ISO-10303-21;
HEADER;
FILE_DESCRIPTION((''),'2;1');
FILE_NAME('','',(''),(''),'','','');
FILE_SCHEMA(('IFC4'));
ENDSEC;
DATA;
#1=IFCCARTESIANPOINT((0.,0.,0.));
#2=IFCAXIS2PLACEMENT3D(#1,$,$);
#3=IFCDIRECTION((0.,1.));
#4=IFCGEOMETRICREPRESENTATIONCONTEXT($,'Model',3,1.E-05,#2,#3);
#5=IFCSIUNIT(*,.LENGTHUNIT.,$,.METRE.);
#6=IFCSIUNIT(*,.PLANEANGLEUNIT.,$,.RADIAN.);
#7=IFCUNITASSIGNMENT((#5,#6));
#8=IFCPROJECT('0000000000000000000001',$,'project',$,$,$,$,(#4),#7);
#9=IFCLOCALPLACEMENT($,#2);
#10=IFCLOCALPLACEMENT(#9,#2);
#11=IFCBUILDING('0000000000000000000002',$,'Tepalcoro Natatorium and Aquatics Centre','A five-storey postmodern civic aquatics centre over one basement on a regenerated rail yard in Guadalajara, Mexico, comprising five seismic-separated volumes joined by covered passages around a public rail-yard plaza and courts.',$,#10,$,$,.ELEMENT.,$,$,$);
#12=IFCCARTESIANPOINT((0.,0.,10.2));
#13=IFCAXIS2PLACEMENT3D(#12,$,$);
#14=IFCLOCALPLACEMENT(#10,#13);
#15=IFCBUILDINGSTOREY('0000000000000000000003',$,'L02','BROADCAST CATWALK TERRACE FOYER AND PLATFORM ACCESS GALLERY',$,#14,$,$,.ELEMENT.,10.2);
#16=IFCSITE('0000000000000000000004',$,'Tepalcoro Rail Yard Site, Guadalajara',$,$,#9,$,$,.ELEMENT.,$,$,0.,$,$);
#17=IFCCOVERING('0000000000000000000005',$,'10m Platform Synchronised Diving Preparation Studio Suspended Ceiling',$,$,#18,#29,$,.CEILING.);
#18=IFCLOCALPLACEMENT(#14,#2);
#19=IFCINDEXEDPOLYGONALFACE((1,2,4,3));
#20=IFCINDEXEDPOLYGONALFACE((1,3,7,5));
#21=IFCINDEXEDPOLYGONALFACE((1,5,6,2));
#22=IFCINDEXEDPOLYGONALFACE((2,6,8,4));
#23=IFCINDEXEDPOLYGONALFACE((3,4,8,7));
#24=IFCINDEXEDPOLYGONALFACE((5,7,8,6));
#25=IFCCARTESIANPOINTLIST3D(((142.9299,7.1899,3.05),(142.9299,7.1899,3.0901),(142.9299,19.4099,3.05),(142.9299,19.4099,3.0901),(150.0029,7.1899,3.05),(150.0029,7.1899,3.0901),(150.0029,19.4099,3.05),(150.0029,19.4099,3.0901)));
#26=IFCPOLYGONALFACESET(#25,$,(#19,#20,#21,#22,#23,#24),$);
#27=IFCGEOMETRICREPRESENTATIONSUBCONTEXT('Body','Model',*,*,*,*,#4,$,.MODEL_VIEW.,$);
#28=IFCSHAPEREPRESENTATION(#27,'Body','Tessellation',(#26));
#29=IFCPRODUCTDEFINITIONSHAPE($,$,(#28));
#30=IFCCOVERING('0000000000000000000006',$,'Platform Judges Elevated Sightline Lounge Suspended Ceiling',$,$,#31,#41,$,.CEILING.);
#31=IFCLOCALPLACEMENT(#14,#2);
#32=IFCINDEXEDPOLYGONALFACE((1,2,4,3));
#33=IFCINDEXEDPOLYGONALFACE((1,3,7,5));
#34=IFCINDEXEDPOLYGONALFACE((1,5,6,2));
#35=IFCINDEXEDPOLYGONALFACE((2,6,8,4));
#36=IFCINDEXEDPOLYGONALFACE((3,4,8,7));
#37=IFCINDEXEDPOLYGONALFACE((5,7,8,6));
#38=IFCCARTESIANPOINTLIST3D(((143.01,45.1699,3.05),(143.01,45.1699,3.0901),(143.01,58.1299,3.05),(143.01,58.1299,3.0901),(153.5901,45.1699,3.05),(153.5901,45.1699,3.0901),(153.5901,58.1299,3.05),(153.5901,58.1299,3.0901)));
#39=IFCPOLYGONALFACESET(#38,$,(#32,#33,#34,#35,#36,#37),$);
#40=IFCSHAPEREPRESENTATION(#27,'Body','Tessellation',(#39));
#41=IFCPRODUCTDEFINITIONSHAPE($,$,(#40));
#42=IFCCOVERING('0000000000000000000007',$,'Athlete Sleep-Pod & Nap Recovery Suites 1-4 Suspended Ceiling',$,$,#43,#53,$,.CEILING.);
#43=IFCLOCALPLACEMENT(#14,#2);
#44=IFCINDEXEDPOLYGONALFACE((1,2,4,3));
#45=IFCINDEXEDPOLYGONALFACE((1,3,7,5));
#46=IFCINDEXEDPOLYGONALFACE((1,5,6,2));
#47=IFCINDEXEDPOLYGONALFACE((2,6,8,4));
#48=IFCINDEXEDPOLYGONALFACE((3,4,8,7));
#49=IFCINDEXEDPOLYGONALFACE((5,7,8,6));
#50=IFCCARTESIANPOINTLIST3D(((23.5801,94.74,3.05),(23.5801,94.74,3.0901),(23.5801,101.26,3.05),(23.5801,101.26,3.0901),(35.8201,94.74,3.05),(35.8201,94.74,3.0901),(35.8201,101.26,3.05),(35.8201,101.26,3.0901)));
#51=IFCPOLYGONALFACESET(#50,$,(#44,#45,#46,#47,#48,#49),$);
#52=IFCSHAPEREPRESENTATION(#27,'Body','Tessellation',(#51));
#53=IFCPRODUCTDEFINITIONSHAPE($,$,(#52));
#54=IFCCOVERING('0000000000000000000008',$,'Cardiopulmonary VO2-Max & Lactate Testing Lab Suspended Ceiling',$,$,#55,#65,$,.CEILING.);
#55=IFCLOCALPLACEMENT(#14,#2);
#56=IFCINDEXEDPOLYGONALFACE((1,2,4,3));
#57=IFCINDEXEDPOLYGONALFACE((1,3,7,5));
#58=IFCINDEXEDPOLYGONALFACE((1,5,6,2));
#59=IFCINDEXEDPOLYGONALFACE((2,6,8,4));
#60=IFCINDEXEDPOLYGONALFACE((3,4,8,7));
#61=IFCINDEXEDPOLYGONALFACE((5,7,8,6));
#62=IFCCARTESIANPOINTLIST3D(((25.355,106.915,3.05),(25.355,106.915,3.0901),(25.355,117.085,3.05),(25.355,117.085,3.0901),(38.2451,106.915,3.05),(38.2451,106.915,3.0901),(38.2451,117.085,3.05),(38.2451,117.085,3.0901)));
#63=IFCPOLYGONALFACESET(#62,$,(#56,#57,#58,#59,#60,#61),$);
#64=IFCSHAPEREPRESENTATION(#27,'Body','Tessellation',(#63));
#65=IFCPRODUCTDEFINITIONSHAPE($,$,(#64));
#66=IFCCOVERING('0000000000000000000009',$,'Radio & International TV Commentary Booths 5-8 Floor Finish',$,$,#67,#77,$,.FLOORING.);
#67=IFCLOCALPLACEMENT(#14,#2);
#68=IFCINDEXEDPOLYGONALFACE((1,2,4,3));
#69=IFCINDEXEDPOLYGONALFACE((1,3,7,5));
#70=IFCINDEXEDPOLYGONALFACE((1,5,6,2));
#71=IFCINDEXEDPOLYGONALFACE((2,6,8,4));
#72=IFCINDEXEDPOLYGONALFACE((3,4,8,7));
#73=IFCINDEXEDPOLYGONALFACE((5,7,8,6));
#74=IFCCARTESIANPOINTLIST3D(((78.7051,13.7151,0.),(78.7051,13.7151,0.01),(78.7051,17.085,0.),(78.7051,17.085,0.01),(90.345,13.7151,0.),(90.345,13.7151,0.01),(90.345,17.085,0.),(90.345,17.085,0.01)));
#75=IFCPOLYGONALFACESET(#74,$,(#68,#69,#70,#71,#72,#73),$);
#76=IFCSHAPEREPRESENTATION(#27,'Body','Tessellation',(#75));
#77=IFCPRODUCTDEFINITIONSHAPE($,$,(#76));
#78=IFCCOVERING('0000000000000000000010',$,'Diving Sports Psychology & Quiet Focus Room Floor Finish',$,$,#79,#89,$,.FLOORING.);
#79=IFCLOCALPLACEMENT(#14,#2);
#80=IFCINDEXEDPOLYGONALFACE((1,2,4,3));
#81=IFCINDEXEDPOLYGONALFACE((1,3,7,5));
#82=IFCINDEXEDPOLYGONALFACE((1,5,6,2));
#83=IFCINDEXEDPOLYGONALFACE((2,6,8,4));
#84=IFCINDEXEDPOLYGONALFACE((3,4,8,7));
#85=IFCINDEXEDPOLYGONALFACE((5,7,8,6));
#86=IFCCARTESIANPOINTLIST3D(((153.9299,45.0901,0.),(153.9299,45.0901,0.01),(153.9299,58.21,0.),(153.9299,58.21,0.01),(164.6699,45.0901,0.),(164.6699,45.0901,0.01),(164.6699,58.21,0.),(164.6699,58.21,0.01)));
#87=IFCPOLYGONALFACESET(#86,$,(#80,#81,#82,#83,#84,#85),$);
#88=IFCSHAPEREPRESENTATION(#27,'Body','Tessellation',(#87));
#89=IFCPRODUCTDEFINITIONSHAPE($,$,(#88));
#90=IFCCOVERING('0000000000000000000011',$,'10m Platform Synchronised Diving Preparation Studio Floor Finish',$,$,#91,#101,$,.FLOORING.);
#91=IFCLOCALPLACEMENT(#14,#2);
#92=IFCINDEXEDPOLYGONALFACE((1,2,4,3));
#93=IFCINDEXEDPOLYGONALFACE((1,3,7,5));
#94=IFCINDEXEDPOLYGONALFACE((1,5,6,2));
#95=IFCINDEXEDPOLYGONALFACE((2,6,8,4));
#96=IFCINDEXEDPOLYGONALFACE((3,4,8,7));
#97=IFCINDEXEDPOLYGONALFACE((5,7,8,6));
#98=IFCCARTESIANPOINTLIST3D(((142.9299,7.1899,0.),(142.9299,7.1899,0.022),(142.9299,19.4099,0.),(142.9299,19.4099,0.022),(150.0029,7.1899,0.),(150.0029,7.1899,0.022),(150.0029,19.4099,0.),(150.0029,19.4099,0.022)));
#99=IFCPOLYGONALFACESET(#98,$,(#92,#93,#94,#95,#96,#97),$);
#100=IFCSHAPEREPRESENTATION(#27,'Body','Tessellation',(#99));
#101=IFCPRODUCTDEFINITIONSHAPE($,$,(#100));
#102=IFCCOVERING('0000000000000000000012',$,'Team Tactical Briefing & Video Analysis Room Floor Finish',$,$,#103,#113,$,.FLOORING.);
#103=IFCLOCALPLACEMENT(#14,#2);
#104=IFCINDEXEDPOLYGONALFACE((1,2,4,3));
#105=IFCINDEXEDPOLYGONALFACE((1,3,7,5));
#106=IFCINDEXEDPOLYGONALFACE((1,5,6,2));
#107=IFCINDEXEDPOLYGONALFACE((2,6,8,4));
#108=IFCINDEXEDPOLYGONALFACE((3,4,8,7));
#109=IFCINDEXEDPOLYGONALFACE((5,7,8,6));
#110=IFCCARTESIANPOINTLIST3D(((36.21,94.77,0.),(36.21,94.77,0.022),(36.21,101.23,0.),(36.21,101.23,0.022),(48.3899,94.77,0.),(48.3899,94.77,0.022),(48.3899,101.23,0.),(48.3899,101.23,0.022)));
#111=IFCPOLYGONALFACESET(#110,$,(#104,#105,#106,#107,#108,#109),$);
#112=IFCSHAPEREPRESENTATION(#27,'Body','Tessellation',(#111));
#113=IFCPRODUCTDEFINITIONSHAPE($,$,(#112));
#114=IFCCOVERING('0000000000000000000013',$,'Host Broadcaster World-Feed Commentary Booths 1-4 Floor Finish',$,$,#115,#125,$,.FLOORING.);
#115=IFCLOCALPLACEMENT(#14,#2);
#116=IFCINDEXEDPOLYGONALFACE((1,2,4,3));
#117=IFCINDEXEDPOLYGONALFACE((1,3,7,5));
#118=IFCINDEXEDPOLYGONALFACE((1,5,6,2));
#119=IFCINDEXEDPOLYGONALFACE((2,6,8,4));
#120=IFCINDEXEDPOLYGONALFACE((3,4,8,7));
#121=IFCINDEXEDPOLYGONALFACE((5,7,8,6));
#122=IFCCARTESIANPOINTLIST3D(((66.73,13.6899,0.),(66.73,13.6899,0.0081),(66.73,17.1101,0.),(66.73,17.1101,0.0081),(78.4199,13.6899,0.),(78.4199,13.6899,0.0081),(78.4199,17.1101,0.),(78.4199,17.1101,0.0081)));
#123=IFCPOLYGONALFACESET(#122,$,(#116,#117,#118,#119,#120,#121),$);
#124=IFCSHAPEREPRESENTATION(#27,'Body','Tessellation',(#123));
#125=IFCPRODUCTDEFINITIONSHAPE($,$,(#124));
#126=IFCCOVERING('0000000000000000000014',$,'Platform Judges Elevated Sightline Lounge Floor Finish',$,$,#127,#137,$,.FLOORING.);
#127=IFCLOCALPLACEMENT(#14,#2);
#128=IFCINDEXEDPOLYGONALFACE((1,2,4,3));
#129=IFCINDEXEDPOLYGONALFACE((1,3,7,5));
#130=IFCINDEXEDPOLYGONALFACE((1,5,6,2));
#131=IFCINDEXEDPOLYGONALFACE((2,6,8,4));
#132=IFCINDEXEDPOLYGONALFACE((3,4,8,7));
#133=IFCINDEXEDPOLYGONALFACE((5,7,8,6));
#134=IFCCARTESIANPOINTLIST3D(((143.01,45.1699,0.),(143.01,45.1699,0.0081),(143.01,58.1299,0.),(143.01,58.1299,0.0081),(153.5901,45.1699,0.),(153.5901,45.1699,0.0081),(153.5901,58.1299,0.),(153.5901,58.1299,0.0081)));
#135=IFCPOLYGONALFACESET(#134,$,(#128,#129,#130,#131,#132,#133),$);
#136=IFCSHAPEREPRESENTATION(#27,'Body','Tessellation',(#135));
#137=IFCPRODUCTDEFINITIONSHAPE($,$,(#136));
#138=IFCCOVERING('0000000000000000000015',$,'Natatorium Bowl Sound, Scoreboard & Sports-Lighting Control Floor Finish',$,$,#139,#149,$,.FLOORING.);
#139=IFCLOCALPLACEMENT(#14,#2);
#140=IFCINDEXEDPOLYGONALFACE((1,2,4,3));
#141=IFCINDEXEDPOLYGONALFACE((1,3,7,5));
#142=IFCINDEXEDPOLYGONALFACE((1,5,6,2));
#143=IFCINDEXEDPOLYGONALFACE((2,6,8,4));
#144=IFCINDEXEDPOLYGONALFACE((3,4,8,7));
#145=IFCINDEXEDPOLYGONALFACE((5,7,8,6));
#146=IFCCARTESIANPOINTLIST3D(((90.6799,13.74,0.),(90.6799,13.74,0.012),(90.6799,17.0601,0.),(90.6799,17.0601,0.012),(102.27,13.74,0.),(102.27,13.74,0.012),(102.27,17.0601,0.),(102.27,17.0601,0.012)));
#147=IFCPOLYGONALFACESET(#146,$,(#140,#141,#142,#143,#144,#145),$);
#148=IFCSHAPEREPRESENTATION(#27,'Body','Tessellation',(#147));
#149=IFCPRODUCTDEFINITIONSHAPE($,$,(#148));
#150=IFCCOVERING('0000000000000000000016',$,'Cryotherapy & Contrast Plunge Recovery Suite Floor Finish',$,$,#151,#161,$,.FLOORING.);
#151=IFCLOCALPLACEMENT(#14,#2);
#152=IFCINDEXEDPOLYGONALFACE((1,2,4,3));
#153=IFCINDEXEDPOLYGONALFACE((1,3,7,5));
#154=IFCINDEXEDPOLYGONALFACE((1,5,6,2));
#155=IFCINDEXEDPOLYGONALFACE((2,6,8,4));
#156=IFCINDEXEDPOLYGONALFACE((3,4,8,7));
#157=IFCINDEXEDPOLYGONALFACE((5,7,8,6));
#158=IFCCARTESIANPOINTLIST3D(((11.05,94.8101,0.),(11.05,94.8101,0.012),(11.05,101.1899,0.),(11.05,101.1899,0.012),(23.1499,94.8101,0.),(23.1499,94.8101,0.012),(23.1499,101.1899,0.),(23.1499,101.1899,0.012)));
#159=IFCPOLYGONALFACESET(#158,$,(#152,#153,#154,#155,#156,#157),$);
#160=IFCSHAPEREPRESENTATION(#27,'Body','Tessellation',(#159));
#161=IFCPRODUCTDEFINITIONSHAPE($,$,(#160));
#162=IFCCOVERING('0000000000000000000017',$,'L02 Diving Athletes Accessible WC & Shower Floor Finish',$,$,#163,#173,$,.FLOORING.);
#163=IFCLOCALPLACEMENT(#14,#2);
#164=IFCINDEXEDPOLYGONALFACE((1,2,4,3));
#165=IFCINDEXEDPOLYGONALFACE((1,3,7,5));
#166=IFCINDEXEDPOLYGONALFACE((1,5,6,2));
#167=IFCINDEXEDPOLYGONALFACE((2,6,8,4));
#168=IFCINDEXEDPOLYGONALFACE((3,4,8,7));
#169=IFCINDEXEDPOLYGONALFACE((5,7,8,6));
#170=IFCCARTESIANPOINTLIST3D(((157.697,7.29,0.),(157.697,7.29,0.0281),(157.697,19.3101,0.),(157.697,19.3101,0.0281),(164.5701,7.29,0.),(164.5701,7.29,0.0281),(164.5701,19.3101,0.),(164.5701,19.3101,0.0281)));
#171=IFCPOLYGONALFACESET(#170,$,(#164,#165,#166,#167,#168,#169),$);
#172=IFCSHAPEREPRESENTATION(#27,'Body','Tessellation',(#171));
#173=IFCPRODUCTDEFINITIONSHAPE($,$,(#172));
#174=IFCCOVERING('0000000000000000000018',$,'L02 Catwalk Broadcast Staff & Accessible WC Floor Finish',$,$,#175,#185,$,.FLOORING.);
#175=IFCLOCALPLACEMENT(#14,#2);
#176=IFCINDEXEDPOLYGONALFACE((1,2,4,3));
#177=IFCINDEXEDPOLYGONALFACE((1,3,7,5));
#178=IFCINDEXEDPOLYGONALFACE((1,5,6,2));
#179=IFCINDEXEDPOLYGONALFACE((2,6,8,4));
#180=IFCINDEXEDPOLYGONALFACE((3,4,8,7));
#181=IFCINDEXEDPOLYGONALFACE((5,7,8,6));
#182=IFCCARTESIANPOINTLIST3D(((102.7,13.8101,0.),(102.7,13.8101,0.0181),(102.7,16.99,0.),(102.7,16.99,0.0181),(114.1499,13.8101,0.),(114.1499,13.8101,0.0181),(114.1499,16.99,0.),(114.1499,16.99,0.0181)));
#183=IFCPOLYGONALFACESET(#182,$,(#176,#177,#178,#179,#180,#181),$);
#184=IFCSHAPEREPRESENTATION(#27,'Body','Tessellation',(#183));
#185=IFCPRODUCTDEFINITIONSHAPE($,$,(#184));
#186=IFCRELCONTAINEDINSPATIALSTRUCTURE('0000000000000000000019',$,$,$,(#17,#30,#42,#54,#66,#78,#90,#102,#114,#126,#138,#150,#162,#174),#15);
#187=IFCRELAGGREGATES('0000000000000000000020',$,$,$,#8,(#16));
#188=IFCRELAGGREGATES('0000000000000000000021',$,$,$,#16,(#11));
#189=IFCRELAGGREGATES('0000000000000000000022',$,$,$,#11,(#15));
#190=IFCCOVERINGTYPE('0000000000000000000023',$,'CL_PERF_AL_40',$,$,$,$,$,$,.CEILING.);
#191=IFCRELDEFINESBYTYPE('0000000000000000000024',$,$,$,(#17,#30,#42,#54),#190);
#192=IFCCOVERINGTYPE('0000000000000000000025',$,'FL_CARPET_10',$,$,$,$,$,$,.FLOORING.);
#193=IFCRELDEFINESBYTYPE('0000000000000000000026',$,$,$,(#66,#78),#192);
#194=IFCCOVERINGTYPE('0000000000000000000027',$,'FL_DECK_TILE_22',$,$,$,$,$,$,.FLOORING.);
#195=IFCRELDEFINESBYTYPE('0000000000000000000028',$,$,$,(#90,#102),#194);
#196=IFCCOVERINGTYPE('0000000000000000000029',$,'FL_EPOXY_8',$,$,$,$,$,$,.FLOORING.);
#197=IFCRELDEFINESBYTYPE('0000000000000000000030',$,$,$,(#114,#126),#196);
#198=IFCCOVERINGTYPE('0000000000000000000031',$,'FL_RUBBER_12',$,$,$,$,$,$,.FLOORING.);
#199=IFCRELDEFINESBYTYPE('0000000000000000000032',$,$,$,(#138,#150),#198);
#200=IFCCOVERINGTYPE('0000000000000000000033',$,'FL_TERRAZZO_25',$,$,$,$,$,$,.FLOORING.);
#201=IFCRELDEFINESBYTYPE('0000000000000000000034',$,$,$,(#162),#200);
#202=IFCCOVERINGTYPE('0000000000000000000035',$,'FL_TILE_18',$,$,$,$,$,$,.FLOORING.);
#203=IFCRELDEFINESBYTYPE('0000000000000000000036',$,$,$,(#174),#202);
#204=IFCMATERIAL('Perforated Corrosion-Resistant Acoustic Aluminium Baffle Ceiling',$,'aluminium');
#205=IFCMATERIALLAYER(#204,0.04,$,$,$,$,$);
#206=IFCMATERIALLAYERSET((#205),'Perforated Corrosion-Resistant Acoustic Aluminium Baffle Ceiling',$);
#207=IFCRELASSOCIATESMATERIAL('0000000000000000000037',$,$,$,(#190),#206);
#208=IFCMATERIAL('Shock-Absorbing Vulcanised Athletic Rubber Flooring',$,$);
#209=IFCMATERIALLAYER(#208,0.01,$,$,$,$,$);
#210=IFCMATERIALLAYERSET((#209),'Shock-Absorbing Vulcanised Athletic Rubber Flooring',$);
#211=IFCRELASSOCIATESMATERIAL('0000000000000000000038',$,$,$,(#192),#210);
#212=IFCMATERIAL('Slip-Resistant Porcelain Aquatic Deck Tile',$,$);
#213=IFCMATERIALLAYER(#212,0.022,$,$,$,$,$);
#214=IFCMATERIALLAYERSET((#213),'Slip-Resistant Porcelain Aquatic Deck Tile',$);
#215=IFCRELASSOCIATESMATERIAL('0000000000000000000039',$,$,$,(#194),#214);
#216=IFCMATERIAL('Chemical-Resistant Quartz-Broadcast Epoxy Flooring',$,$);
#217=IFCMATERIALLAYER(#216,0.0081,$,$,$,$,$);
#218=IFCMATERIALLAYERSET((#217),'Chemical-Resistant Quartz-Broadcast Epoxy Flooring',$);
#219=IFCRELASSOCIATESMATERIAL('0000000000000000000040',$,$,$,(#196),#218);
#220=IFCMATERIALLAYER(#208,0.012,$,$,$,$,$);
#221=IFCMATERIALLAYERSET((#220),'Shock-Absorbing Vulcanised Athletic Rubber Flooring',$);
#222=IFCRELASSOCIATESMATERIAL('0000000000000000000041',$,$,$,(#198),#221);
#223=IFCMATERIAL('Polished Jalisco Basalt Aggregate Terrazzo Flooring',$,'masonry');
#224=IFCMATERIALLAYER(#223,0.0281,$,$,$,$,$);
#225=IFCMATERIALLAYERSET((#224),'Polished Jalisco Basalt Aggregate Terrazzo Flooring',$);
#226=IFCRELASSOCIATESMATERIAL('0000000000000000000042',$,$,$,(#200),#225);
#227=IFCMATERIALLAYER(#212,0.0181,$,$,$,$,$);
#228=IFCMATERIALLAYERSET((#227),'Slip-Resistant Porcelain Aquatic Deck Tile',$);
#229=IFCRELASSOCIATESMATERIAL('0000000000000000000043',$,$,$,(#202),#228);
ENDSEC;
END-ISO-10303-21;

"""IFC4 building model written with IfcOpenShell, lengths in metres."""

from ifc_helpers import new_model, si_unit, direction, frame, origin, place, context, subcontext, project, spatial, polyline, outline, extrude, material, layer, layer_set, type_object, element, save


model = new_model("IFC4")

# Units and contexts
model_context = context("Model", 3, precision=1e-05, world=origin(), true_north=direction((0.0, 1.0)))
body_context = subcontext(model_context, "Body", "Model", "MODEL_VIEW")
ifc_project = project(units=[si_unit("LENGTHUNIT", "METRE"), si_unit("PLANEANGLEUNIT", "RADIAN")], contexts=[model_context])

# Site, building, storey
site_placement = place(None, origin())
site = spatial("IfcSite", under=ifc_project, at=site_placement, Name="Tepalcoro Rail Yard Site, Guadalajara", CompositionType="ELEMENT", RefElevation=0.0)
building_placement = place(site_placement, origin())
building = spatial("IfcBuilding", under=site, at=building_placement, Name="Tepalcoro Natatorium and Aquatics Centre", Description="A five-storey postmodern civic aquatics centre over one basement on a regenerated rail yard in Guadalajara, Mexico, comprising five seismic-separated volumes joined by covered passages around a public rail-yard plaza and courts.", CompositionType="ELEMENT")
storey_placement = place(building_placement, frame((0.0, 0.0, 10.2)))
storey = spatial("IfcBuildingStorey", under=building, at=storey_placement, Name="L02", Description="BROADCAST CATWALK TERRACE FOYER AND PLATFORM ACCESS GALLERY", CompositionType="ELEMENT", Elevation=10.2)

# Coverings
ifc_material_1 = material(Name="Perforated Corrosion-Resistant Acoustic Aluminium Baffle Ceiling", Category="aluminium")
ifc_layer_1 = layer(ifc_material_1, 0.04)
ifc_layer_set_1 = layer_set([ifc_layer_1], Name="Perforated Corrosion-Resistant Acoustic Aluminium Baffle Ceiling")
covering_type_1 = type_object("IfcCoveringType", Name="CL_PERF_AL_40", PredefinedType="CEILING", material=ifc_layer_set_1)
covering_1_placement = place(storey_placement, frame((0.0, 0.0, 3.05)))
element("IfcCovering", 1, at=covering_1_placement, inside=storey, type_object=covering_type_1, Name="10m Platform Synchronised Diving Preparation Studio Suspended Ceiling", PredefinedType="CEILING", context=body_context, shape_type="SweptSolid", body=[
    extrude(outline(polyline([(142.9299, 7.1899), (142.9299, 19.4099), (150.0029, 19.4099), (150.0029, 7.1899), (142.9299, 7.1899)])), origin(), (0.0, 0.0, 1.0), 0.04),
])
covering_2_placement = place(storey_placement, frame((0.0, 0.0, 3.05)))
element("IfcCovering", 2, at=covering_2_placement, inside=storey, type_object=covering_type_1, Name="Platform Judges Elevated Sightline Lounge Suspended Ceiling", PredefinedType="CEILING", context=body_context, shape_type="SweptSolid", body=[
    extrude(outline(polyline([(143.01, 45.1699), (143.01, 58.1299), (153.5901, 58.1299), (153.5901, 45.1699), (143.01, 45.1699)])), origin(), (0.0, 0.0, 1.0), 0.04),
])
covering_3_placement = place(storey_placement, frame((0.0, 0.0, 3.05)))
element("IfcCovering", 3, at=covering_3_placement, inside=storey, type_object=covering_type_1, Name="Athlete Sleep-Pod & Nap Recovery Suites 1-4 Suspended Ceiling", PredefinedType="CEILING", context=body_context, shape_type="SweptSolid", body=[
    extrude(outline(polyline([(23.5801, 94.74), (23.5801, 101.26), (35.8201, 101.26), (35.8201, 94.74), (23.5801, 94.74)])), origin(), (0.0, 0.0, 1.0), 0.04),
])
covering_4_placement = place(storey_placement, frame((0.0, 0.0, 3.05)))
element("IfcCovering", 4, at=covering_4_placement, inside=storey, type_object=covering_type_1, Name="Cardiopulmonary VO2-Max & Lactate Testing Lab Suspended Ceiling", PredefinedType="CEILING", context=body_context, shape_type="SweptSolid", body=[
    extrude(outline(polyline([(25.355, 106.915), (25.355, 117.085), (38.2451, 117.085), (38.2451, 106.915), (25.355, 106.915)])), origin(), (0.0, 0.0, 1.0), 0.04),
])
ifc_material_2 = material(Name="Shock-Absorbing Vulcanised Athletic Rubber Flooring")
ifc_layer_2 = layer(ifc_material_2, 0.01)
ifc_layer_set_2 = layer_set([ifc_layer_2], Name="Shock-Absorbing Vulcanised Athletic Rubber Flooring")
covering_type_2 = type_object("IfcCoveringType", Name="FL_CARPET_10", PredefinedType="FLOORING", material=ifc_layer_set_2)
covering_5_placement = place(storey_placement, origin())
element("IfcCovering", 5, at=covering_5_placement, inside=storey, type_object=covering_type_2, Name="Radio & International TV Commentary Booths 5-8 Floor Finish", PredefinedType="FLOORING", context=body_context, shape_type="SweptSolid", body=[
    extrude(outline(polyline([(78.7051, 13.7151), (78.7051, 17.085), (90.345, 17.085), (90.345, 13.7151), (78.7051, 13.7151)])), origin(), (0.0, 0.0, 1.0), 0.01),
])
covering_6_placement = place(storey_placement, origin())
element("IfcCovering", 6, at=covering_6_placement, inside=storey, type_object=covering_type_2, Name="Diving Sports Psychology & Quiet Focus Room Floor Finish", PredefinedType="FLOORING", context=body_context, shape_type="SweptSolid", body=[
    extrude(outline(polyline([(153.9299, 45.0901), (153.9299, 58.21), (164.6699, 58.21), (164.6699, 45.0901), (153.9299, 45.0901)])), origin(), (0.0, 0.0, 1.0), 0.01),
])
ifc_material_3 = material(Name="Slip-Resistant Porcelain Aquatic Deck Tile")
ifc_layer_3 = layer(ifc_material_3, 0.022)
ifc_layer_set_3 = layer_set([ifc_layer_3], Name="Slip-Resistant Porcelain Aquatic Deck Tile")
covering_type_3 = type_object("IfcCoveringType", Name="FL_DECK_TILE_22", PredefinedType="FLOORING", material=ifc_layer_set_3)
covering_7_placement = place(storey_placement, origin())
element("IfcCovering", 7, at=covering_7_placement, inside=storey, type_object=covering_type_3, Name="10m Platform Synchronised Diving Preparation Studio Floor Finish", PredefinedType="FLOORING", context=body_context, shape_type="SweptSolid", body=[
    extrude(outline(polyline([(142.9299, 7.1899), (142.9299, 19.4099), (150.0029, 19.4099), (150.0029, 7.1899), (142.9299, 7.1899)])), origin(), (0.0, 0.0, 1.0), 0.022),
])
covering_8_placement = place(storey_placement, origin())
element("IfcCovering", 8, at=covering_8_placement, inside=storey, type_object=covering_type_3, Name="Team Tactical Briefing & Video Analysis Room Floor Finish", PredefinedType="FLOORING", context=body_context, shape_type="SweptSolid", body=[
    extrude(outline(polyline([(36.21, 94.77), (36.21, 101.23), (48.3899, 101.23), (48.3899, 94.77), (36.21, 94.77)])), origin(), (0.0, 0.0, 1.0), 0.022),
])
ifc_material_4 = material(Name="Chemical-Resistant Quartz-Broadcast Epoxy Flooring")
ifc_layer_4 = layer(ifc_material_4, 0.0081)
ifc_layer_set_4 = layer_set([ifc_layer_4], Name="Chemical-Resistant Quartz-Broadcast Epoxy Flooring")
covering_type_4 = type_object("IfcCoveringType", Name="FL_EPOXY_8", PredefinedType="FLOORING", material=ifc_layer_set_4)
covering_9_placement = place(storey_placement, origin())
element("IfcCovering", 9, at=covering_9_placement, inside=storey, type_object=covering_type_4, Name="Host Broadcaster World-Feed Commentary Booths 1-4 Floor Finish", PredefinedType="FLOORING", context=body_context, shape_type="SweptSolid", body=[
    extrude(outline(polyline([(66.73, 13.6899), (66.73, 17.1101), (78.4199, 17.1101), (78.4199, 13.6899), (66.73, 13.6899)])), origin(), (0.0, 0.0, 1.0), 0.0081),
])
covering_10_placement = place(storey_placement, origin())
element("IfcCovering", 10, at=covering_10_placement, inside=storey, type_object=covering_type_4, Name="Platform Judges Elevated Sightline Lounge Floor Finish", PredefinedType="FLOORING", context=body_context, shape_type="SweptSolid", body=[
    extrude(outline(polyline([(143.01, 45.1699), (143.01, 58.1299), (153.5901, 58.1299), (153.5901, 45.1699), (143.01, 45.1699)])), origin(), (0.0, 0.0, 1.0), 0.0081),
])
ifc_layer_5 = layer(ifc_material_2, 0.012)
ifc_layer_set_5 = layer_set([ifc_layer_5], Name="Shock-Absorbing Vulcanised Athletic Rubber Flooring")
covering_type_5 = type_object("IfcCoveringType", Name="FL_RUBBER_12", PredefinedType="FLOORING", material=ifc_layer_set_5)
covering_11_placement = place(storey_placement, origin())
element("IfcCovering", 11, at=covering_11_placement, inside=storey, type_object=covering_type_5, Name="Natatorium Bowl Sound, Scoreboard & Sports-Lighting Control Floor Finish", PredefinedType="FLOORING", context=body_context, shape_type="SweptSolid", body=[
    extrude(outline(polyline([(90.6799, 13.74), (90.6799, 17.0601), (102.27, 17.0601), (102.27, 13.74), (90.6799, 13.74)])), origin(), (0.0, 0.0, 1.0), 0.012),
])
covering_12_placement = place(storey_placement, origin())
element("IfcCovering", 12, at=covering_12_placement, inside=storey, type_object=covering_type_5, Name="Cryotherapy & Contrast Plunge Recovery Suite Floor Finish", PredefinedType="FLOORING", context=body_context, shape_type="SweptSolid", body=[
    extrude(outline(polyline([(11.05, 94.8101), (11.05, 101.1899), (23.1499, 101.1899), (23.1499, 94.8101), (11.05, 94.8101)])), origin(), (0.0, 0.0, 1.0), 0.012),
])
ifc_material_5 = material(Name="Polished Jalisco Basalt Aggregate Terrazzo Flooring", Category="masonry")
ifc_layer_6 = layer(ifc_material_5, 0.0281)
ifc_layer_set_6 = layer_set([ifc_layer_6], Name="Polished Jalisco Basalt Aggregate Terrazzo Flooring")
covering_type_6 = type_object("IfcCoveringType", Name="FL_TERRAZZO_25", PredefinedType="FLOORING", material=ifc_layer_set_6)
covering_13_placement = place(storey_placement, origin())
element("IfcCovering", 13, at=covering_13_placement, inside=storey, type_object=covering_type_6, Name="L02 Diving Athletes Accessible WC & Shower Floor Finish", PredefinedType="FLOORING", context=body_context, shape_type="SweptSolid", body=[
    extrude(outline(polyline([(157.697, 7.29), (157.697, 19.3101), (164.5701, 19.3101), (164.5701, 7.29), (157.697, 7.29)])), origin(), (0.0, 0.0, 1.0), 0.0281),
])
ifc_layer_7 = layer(ifc_material_3, 0.0181)
ifc_layer_set_7 = layer_set([ifc_layer_7], Name="Slip-Resistant Porcelain Aquatic Deck Tile")
covering_type_7 = type_object("IfcCoveringType", Name="FL_TILE_18", PredefinedType="FLOORING", material=ifc_layer_set_7)
covering_14_placement = place(storey_placement, origin())
element("IfcCovering", 14, at=covering_14_placement, inside=storey, type_object=covering_type_7, Name="L02 Catwalk Broadcast Staff & Accessible WC Floor Finish", PredefinedType="FLOORING", context=body_context, shape_type="SweptSolid", body=[
    extrude(outline(polyline([(102.7, 13.8101), (102.7, 16.99), (114.1499, 16.99), (114.1499, 13.8101), (102.7, 13.8101)])), origin(), (0.0, 0.0, 1.0), 0.0181),
])

save(model, "model.ifc")
